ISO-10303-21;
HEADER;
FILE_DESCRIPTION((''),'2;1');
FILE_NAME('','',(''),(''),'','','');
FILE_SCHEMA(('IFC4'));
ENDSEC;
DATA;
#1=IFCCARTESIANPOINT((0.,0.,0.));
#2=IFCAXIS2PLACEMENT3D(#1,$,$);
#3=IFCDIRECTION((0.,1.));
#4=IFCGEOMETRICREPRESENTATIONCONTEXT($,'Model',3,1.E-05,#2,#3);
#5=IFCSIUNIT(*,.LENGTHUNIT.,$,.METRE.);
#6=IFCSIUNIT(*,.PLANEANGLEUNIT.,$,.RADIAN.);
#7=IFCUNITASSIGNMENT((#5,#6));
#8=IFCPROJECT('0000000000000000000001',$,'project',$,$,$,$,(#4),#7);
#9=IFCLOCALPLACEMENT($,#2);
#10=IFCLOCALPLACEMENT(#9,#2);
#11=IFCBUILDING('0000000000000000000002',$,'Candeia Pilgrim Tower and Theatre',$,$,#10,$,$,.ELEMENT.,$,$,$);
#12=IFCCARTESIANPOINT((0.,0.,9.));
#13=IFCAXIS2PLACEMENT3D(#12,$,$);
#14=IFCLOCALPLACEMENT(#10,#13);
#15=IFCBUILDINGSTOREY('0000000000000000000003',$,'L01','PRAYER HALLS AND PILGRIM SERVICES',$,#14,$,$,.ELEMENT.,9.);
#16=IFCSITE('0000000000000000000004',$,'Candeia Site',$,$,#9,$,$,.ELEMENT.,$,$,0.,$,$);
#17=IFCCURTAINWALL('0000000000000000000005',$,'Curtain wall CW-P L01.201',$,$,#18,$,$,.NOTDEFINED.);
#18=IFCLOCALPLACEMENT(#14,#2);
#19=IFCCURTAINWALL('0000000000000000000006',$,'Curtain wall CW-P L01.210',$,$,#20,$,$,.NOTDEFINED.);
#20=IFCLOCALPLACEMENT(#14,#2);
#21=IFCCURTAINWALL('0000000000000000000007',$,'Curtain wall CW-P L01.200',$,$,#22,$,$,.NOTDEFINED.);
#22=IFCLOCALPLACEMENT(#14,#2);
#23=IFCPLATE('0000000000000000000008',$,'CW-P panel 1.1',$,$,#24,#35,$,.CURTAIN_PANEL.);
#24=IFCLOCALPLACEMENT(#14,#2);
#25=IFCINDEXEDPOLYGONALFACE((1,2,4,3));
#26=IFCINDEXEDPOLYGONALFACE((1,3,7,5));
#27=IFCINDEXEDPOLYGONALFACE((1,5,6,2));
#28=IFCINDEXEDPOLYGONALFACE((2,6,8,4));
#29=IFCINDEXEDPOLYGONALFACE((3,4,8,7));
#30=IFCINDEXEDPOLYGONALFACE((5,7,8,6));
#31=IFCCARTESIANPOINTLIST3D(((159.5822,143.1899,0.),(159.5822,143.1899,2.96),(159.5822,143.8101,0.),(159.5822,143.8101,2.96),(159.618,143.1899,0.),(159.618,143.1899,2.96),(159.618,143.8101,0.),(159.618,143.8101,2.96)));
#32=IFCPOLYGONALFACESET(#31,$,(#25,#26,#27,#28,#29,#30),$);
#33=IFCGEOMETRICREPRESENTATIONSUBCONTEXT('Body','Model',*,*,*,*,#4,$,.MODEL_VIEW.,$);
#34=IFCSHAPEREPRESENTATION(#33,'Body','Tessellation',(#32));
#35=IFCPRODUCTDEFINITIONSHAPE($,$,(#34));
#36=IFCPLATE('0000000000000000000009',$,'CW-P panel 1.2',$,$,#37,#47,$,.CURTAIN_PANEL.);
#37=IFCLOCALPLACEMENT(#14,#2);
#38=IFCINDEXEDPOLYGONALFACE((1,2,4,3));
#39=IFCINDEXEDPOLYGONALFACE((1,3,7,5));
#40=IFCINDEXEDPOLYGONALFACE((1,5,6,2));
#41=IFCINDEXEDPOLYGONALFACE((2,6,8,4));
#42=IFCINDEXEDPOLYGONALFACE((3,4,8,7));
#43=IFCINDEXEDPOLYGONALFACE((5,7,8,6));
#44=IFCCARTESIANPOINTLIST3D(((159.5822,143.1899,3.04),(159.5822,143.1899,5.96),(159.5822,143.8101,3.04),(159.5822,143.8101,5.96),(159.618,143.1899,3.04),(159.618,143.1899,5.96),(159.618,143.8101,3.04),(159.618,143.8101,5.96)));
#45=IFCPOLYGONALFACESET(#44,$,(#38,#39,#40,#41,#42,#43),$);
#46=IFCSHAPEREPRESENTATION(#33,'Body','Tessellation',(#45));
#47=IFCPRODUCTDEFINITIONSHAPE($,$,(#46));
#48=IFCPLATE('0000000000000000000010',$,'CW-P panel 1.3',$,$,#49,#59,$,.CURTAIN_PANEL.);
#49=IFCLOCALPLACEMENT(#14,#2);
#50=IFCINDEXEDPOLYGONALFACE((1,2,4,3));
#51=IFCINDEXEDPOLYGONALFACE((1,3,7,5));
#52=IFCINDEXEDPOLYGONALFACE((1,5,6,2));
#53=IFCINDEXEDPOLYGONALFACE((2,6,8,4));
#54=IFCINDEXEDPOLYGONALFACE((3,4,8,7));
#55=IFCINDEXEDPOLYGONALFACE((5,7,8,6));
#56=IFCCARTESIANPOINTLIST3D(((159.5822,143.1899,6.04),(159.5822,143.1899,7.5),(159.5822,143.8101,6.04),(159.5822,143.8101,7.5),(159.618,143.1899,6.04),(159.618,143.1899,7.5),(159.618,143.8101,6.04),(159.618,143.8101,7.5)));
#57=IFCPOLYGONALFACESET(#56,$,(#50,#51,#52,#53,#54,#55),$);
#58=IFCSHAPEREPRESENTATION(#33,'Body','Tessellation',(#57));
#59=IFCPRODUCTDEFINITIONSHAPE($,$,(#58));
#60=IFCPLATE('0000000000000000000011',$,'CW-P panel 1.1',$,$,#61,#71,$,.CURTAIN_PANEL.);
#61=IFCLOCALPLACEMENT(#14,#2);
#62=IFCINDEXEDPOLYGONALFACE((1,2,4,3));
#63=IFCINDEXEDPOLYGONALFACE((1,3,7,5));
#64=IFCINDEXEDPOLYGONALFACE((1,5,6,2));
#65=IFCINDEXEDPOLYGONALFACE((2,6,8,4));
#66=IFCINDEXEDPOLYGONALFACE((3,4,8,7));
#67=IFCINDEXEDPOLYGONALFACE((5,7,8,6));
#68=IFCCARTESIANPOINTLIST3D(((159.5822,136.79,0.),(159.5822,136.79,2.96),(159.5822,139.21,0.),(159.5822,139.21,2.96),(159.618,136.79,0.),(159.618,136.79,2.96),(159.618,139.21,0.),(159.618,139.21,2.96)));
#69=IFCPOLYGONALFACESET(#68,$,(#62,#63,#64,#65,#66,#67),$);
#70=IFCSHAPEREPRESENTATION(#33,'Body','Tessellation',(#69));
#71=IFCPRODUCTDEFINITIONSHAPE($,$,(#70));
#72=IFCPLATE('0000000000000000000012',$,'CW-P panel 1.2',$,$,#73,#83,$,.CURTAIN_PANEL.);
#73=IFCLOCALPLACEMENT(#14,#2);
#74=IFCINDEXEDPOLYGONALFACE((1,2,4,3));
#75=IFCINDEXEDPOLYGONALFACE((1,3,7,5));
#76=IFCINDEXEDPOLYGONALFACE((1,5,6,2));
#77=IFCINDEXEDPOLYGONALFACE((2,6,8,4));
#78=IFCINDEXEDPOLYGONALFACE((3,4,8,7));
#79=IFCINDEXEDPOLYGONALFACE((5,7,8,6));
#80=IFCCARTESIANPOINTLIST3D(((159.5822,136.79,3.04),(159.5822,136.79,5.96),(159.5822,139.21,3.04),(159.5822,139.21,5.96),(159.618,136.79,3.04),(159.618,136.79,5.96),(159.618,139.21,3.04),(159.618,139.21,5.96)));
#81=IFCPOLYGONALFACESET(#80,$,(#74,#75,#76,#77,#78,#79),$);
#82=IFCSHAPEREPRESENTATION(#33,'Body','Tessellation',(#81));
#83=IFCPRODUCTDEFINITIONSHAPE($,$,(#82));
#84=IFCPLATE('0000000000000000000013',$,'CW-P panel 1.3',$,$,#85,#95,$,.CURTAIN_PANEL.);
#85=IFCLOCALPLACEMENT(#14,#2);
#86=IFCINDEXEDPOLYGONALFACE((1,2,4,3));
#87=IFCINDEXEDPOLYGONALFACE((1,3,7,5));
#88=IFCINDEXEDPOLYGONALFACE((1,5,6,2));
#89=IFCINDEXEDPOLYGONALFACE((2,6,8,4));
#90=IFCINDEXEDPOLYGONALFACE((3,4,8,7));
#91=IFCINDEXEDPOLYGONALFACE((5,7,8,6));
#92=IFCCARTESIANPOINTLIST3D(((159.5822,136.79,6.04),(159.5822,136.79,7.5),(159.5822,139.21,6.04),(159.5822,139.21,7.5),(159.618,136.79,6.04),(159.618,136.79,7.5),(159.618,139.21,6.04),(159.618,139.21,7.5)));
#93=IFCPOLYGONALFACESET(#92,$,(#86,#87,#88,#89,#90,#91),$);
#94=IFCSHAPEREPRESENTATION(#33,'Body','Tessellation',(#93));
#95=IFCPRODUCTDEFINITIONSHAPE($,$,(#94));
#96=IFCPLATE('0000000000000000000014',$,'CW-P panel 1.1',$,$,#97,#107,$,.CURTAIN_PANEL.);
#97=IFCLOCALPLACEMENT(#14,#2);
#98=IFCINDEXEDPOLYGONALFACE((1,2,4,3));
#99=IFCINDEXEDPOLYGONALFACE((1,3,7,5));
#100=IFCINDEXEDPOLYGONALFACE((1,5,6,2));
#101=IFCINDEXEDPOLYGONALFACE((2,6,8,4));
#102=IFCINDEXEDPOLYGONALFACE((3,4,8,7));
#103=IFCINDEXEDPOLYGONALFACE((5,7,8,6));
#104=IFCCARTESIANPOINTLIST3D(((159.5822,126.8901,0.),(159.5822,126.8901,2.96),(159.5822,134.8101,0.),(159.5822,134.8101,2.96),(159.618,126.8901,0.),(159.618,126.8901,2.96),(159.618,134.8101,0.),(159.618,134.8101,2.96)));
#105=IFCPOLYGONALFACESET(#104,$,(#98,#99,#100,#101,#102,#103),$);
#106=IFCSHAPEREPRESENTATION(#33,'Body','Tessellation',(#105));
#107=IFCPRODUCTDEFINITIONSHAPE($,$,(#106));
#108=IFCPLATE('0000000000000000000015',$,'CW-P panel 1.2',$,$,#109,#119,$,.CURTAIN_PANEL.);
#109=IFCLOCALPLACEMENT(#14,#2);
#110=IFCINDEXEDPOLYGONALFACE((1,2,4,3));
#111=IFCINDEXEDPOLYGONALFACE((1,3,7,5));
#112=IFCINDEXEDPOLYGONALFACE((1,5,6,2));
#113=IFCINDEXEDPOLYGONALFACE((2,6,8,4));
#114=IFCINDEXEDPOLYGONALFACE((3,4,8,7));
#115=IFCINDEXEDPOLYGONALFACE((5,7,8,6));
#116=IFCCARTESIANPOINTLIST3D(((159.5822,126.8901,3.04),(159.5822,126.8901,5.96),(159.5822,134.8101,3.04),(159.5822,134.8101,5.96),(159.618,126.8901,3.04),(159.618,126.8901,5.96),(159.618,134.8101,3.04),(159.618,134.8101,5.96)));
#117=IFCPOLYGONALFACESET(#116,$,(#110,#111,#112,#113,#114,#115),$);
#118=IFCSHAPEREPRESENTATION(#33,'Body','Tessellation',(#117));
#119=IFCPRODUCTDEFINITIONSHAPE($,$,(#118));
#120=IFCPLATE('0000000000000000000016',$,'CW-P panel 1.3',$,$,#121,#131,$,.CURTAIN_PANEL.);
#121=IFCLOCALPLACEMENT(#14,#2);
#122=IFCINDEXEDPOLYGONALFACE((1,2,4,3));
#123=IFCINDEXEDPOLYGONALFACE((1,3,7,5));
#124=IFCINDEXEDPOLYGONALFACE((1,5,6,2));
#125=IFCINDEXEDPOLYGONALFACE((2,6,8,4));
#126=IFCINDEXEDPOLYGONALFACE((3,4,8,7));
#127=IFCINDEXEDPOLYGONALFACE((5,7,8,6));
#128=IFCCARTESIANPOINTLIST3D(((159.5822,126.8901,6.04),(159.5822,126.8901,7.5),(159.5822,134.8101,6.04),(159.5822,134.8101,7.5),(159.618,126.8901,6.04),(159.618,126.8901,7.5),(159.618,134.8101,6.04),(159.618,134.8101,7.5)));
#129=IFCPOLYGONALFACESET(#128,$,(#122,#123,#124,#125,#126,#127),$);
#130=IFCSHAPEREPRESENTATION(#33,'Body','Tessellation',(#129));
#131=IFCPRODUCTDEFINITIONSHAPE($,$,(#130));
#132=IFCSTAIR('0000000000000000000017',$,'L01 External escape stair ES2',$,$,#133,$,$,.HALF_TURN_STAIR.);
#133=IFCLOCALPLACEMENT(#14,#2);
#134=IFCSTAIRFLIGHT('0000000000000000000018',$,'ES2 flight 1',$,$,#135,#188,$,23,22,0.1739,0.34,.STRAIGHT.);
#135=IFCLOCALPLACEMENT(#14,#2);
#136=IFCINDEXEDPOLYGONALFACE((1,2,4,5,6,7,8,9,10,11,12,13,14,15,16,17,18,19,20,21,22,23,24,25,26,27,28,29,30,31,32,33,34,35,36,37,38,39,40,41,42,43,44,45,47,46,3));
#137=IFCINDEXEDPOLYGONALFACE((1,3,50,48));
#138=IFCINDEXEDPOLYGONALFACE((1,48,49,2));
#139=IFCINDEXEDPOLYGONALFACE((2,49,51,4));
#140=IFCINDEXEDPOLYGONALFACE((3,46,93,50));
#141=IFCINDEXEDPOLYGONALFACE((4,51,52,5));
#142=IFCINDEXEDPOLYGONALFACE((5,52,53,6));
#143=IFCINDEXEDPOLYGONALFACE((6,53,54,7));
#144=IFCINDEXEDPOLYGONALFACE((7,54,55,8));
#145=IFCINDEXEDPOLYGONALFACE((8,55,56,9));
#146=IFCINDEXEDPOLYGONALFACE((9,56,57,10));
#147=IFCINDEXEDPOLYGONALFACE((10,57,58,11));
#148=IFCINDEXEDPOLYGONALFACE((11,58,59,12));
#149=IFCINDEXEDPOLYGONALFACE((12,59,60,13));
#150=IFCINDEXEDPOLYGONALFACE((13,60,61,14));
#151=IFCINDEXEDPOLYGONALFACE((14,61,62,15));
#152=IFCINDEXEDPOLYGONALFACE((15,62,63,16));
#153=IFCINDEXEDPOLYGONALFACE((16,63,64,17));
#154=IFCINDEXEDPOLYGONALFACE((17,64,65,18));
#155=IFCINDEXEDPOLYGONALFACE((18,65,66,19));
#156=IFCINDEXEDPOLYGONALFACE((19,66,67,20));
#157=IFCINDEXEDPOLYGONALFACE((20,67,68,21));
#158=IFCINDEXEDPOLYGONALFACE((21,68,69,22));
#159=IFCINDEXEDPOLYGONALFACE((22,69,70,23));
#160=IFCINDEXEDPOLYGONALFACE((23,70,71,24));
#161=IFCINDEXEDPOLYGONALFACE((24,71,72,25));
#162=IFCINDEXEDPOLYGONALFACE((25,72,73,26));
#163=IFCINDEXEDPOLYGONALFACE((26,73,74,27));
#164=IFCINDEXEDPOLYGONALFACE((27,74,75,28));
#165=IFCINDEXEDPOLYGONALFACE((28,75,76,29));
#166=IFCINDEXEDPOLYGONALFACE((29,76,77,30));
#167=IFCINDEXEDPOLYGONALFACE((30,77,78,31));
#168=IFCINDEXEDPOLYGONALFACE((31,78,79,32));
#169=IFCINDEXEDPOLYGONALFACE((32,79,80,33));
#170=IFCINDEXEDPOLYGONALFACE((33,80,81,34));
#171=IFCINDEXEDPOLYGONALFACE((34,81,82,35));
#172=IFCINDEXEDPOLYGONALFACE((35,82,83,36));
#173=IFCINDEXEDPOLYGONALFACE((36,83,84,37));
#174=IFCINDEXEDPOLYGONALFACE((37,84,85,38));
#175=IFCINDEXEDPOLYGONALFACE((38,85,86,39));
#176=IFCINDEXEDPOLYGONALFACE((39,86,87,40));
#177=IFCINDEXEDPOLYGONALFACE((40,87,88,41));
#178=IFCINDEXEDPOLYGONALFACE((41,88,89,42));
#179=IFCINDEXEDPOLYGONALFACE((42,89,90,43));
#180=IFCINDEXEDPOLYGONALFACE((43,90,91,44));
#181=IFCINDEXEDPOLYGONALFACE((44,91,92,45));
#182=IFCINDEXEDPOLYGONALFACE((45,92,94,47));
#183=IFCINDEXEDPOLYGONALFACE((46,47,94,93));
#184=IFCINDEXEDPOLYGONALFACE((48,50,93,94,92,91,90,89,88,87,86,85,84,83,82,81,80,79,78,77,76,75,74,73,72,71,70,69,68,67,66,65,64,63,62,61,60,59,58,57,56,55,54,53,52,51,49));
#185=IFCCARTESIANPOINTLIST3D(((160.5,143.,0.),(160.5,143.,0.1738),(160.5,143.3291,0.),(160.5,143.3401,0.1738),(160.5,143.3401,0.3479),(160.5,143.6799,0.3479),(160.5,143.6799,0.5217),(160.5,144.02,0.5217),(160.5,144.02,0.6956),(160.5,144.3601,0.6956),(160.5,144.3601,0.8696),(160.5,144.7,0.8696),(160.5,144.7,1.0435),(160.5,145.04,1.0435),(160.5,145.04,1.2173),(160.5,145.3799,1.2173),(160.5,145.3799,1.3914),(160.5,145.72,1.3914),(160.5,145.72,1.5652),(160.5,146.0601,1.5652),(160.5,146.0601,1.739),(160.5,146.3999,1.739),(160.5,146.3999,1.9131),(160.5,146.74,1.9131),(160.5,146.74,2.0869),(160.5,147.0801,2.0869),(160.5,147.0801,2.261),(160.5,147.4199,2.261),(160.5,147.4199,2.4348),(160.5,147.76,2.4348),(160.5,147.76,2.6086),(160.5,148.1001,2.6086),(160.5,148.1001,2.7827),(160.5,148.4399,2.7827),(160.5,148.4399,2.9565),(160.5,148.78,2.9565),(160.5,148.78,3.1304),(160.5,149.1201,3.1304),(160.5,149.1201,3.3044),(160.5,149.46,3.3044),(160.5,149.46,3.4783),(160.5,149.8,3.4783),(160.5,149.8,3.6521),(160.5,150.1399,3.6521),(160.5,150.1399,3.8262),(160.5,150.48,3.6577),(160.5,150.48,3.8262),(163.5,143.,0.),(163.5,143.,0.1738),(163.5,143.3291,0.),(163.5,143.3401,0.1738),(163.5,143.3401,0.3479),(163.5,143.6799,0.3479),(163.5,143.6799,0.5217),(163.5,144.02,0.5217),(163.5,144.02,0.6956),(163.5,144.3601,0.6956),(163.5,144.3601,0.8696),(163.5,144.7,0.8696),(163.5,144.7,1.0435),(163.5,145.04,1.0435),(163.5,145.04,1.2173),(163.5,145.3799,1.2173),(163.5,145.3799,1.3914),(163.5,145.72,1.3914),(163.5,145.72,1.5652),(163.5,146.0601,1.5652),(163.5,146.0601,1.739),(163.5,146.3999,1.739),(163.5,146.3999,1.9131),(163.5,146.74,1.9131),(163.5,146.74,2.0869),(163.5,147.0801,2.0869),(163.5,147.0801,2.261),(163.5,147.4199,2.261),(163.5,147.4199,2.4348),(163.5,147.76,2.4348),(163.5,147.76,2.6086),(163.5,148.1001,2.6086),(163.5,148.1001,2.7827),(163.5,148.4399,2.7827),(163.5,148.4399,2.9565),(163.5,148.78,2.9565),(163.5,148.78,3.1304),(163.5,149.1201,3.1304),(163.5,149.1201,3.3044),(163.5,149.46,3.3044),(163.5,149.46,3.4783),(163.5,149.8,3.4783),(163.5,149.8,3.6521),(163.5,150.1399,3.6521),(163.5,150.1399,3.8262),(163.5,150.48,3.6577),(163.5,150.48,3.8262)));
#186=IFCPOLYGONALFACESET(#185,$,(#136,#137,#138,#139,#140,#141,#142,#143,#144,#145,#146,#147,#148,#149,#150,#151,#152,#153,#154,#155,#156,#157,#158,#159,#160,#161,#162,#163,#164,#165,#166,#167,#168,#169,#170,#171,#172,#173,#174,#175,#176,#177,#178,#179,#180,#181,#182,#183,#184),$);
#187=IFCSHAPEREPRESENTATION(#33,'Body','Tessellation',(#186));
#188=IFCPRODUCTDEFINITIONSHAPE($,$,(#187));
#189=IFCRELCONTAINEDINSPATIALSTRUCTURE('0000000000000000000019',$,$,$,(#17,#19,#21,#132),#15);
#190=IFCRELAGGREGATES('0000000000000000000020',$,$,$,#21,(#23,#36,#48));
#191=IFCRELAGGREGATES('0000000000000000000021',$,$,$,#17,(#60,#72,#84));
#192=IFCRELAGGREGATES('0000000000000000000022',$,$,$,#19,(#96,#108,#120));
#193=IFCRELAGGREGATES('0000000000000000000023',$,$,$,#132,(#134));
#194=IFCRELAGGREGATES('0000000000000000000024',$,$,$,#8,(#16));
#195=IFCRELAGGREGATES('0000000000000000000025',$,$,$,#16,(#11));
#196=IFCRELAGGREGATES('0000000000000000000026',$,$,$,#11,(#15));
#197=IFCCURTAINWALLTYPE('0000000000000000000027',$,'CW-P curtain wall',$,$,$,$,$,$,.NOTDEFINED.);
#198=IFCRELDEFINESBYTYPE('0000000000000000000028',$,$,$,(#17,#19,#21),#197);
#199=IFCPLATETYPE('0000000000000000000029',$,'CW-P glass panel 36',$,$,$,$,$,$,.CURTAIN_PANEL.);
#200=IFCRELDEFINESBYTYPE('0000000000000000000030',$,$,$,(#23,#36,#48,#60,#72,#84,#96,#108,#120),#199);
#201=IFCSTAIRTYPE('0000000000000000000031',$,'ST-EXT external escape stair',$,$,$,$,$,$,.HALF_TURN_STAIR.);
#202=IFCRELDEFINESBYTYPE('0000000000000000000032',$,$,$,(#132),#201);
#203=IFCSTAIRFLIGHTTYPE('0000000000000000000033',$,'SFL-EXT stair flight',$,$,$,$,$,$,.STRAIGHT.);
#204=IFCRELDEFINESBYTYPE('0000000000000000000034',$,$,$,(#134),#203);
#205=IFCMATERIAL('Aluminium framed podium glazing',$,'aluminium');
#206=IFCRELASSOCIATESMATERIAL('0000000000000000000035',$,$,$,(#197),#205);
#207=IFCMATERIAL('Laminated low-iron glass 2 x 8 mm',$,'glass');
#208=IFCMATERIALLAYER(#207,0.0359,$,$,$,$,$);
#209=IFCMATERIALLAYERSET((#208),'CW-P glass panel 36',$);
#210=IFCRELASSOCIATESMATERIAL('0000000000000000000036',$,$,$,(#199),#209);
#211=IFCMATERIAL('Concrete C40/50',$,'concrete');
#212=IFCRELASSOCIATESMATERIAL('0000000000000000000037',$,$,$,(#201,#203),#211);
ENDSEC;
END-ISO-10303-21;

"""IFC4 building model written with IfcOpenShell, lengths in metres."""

from ifc_helpers import new_model, si_unit, direction, frame, origin, origin_2d, place, context, subcontext, project, spatial, polyline, rectangle, outline, extrude, material, layer, layer_set, type_object, element, aggregate, save


model = new_model("IFC4")

# Units and contexts
model_context = context("Model", 3, precision=1e-05, world=origin(), true_north=direction((0.0, 1.0)))
body_context = subcontext(model_context, "Body", "Model", "MODEL_VIEW")
ifc_project = project(units=[si_unit("LENGTHUNIT", "METRE"), si_unit("PLANEANGLEUNIT", "RADIAN")], contexts=[model_context])

# Site, building, storey
site_placement = place(None, origin())
site = spatial("IfcSite", under=ifc_project, at=site_placement, Name="Candeia Site", CompositionType="ELEMENT", RefElevation=0.0)
building_placement = place(site_placement, origin())
building = spatial("IfcBuilding", under=site, at=building_placement, Name="Candeia Pilgrim Tower and Theatre", CompositionType="ELEMENT")
storey_placement = place(building_placement, frame((0.0, 0.0, 9.0)))
storey = spatial("IfcBuildingStorey", under=building, at=storey_placement, Name="L01", Description="PRAYER HALLS AND PILGRIM SERVICES", CompositionType="ELEMENT", Elevation=9.0)

# Shared definitions
ifc_material_1 = material(Name="Concrete C40/50", Category="concrete")

# Curtain walls
ifc_material_2 = material(Name="Aluminium framed podium glazing", Category="aluminium")
curtain_wall_type = type_object("IfcCurtainWallType", Name="CW-P curtain wall", PredefinedType="NOTDEFINED", material=ifc_material_2)
curtain_wall_1_placement = place(storey_placement, origin())
curtain_wall_1 = element("IfcCurtainWall", 1, at=curtain_wall_1_placement, inside=storey, type_object=curtain_wall_type, Name="Curtain wall CW-P L01.201", PredefinedType="NOTDEFINED")
curtain_wall_2_placement = place(storey_placement, origin())
curtain_wall_2 = element("IfcCurtainWall", 2, at=curtain_wall_2_placement, inside=storey, type_object=curtain_wall_type, Name="Curtain wall CW-P L01.210", PredefinedType="NOTDEFINED")

# Curtain wall
curtain_wall_3_placement = place(storey_placement, origin())
curtain_wall_3 = element("IfcCurtainWall", 3, at=curtain_wall_3_placement, inside=storey, type_object=curtain_wall_type, Name="Curtain wall CW-P L01.200", PredefinedType="NOTDEFINED")

# Plates
ifc_material_3 = material(Name="Laminated low-iron glass 2 x 8 mm", Category="glass")
ifc_layer_1 = layer(ifc_material_3, 0.0359)
ifc_layer_set_1 = layer_set([ifc_layer_1], Name="CW-P glass panel 36")
plate_type = type_object("IfcPlateType", Name="CW-P glass panel 36", PredefinedType="CURTAIN_PANEL", material=ifc_layer_set_1)
plate_1_placement = place(storey_placement, frame((159.6001, 143.5, 0.0), z_axis=(0.0, 0.0, 1.0), x_axis=(0.0, -1.0, 0.0)))
plate_1 = element("IfcPlate", 4, at=plate_1_placement, type_object=plate_type, Name="CW-P panel 1.1", PredefinedType="CURTAIN_PANEL", context=body_context, shape_type="SweptSolid", body=[
    extrude(rectangle(XDim=0.6201, YDim=0.0359, at=origin_2d()), origin(), (0.0, 0.0, 1.0), 2.96),
])
plate_2_placement = place(storey_placement, frame((159.6001, 143.5, 3.04), z_axis=(0.0, 0.0, 1.0), x_axis=(0.0, -1.0, 0.0)))
plate_2 = element("IfcPlate", 5, at=plate_2_placement, type_object=plate_type, Name="CW-P panel 1.2", PredefinedType="CURTAIN_PANEL", context=body_context, shape_type="SweptSolid", body=[
    extrude(rectangle(XDim=0.6201, YDim=0.0359, at=origin_2d()), origin(), (0.0, 0.0, 1.0), 2.9199),
])
plate_3_placement = place(storey_placement, frame((159.6001, 143.5, 6.04), z_axis=(0.0, 0.0, 1.0), x_axis=(0.0, -1.0, 0.0)))
plate_3 = element("IfcPlate", 6, at=plate_3_placement, type_object=plate_type, Name="CW-P panel 1.3", PredefinedType="CURTAIN_PANEL", context=body_context, shape_type="SweptSolid", body=[
    extrude(rectangle(XDim=0.6201, YDim=0.0359, at=origin_2d()), origin(), (0.0, 0.0, 1.0), 1.46),
])
aggregate(curtain_wall_3, [plate_1, plate_2, plate_3])
plate_4_placement = place(storey_placement, frame((159.6001, 138.0, 0.0), z_axis=(0.0, 0.0, 1.0), x_axis=(0.0, -1.0, 0.0)))
plate_4 = element("IfcPlate", 7, at=plate_4_placement, type_object=plate_type, Name="CW-P panel 1.1", PredefinedType="CURTAIN_PANEL", context=body_context, shape_type="SweptSolid", body=[
    extrude(rectangle(XDim=2.4199, YDim=0.0359, at=origin_2d()), origin(), (0.0, 0.0, 1.0), 2.96),
])
plate_5_placement = place(storey_placement, frame((159.6001, 138.0, 3.04), z_axis=(0.0, 0.0, 1.0), x_axis=(0.0, -1.0, 0.0)))
plate_5 = element("IfcPlate", 8, at=plate_5_placement, type_object=plate_type, Name="CW-P panel 1.2", PredefinedType="CURTAIN_PANEL", context=body_context, shape_type="SweptSolid", body=[
    extrude(rectangle(XDim=2.4199, YDim=0.0359, at=origin_2d()), origin(), (0.0, 0.0, 1.0), 2.9199),
])
plate_6_placement = place(storey_placement, frame((159.6001, 138.0, 6.04), z_axis=(0.0, 0.0, 1.0), x_axis=(0.0, -1.0, 0.0)))
plate_6 = element("IfcPlate", 9, at=plate_6_placement, type_object=plate_type, Name="CW-P panel 1.3", PredefinedType="CURTAIN_PANEL", context=body_context, shape_type="SweptSolid", body=[
    extrude(rectangle(XDim=2.4199, YDim=0.0359, at=origin_2d()), origin(), (0.0, 0.0, 1.0), 1.46),
])
aggregate(curtain_wall_1, [plate_4, plate_5, plate_6])
plate_7_placement = place(storey_placement, frame((159.6001, 130.8501, 0.0), z_axis=(0.0, 0.0, 1.0), x_axis=(0.0, -1.0, 0.0)))
plate_7 = element("IfcPlate", 10, at=plate_7_placement, type_object=plate_type, Name="CW-P panel 1.1", PredefinedType="CURTAIN_PANEL", context=body_context, shape_type="SweptSolid", body=[
    extrude(rectangle(XDim=7.9199, YDim=0.0359, at=origin_2d()), origin(), (0.0, 0.0, 1.0), 2.96),
])
plate_8_placement = place(storey_placement, frame((159.6001, 130.8501, 3.04), z_axis=(0.0, 0.0, 1.0), x_axis=(0.0, -1.0, 0.0)))
plate_8 = element("IfcPlate", 11, at=plate_8_placement, type_object=plate_type, Name="CW-P panel 1.2", PredefinedType="CURTAIN_PANEL", context=body_context, shape_type="SweptSolid", body=[
    extrude(rectangle(XDim=7.9199, YDim=0.0359, at=origin_2d()), origin(), (0.0, 0.0, 1.0), 2.9199),
])
plate_9_placement = place(storey_placement, frame((159.6001, 130.8501, 6.04), z_axis=(0.0, 0.0, 1.0), x_axis=(0.0, -1.0, 0.0)))
plate_9 = element("IfcPlate", 12, at=plate_9_placement, type_object=plate_type, Name="CW-P panel 1.3", PredefinedType="CURTAIN_PANEL", context=body_context, shape_type="SweptSolid", body=[
    extrude(rectangle(XDim=7.9199, YDim=0.0359, at=origin_2d()), origin(), (0.0, 0.0, 1.0), 1.46),
])
aggregate(curtain_wall_2, [plate_7, plate_8, plate_9])

# Stair, stair flight
stair_type = type_object("IfcStairType", Name="ST-EXT external escape stair", PredefinedType="HALF_TURN_STAIR", material=ifc_material_1)
stair_1_placement = place(storey_placement, origin())
stair_1 = element("IfcStair", 13, at=stair_1_placement, inside=storey, type_object=stair_type, Name="L01 External escape stair ES2", PredefinedType="HALF_TURN_STAIR")
stair_flight_type = type_object("IfcStairFlightType", Name="SFL-EXT stair flight", PredefinedType="STRAIGHT", material=ifc_material_1)
stair_flight_1_placement = place(storey_placement, frame((162.0, 143.0, 0.0), z_axis=(0.0, 0.0, 1.0), x_axis=(0.0, 1.0, 0.0)))
stair_flight_1 = element("IfcStairFlight", 14, at=stair_flight_1_placement, type_object=stair_flight_type, Name="ES2 flight 1", NumberOfRisers=23, NumberOfTreads=22, PredefinedType="STRAIGHT", RiserHeight=0.1739, TreadLength=0.34, context=body_context, shape_type="SweptSolid", body=[
    extrude(outline(polyline([(0.0, 0.0), (0.0, 0.1738), (0.3401, 0.1738), (0.3401, 0.3479), (0.6799, 0.3479), (0.6799, 0.5217), (1.02, 0.5217), (1.02, 0.6956), (1.3601, 0.6956), (1.3601, 0.8696), (1.7, 0.8696), (1.7, 1.0435), (2.04, 1.0435), (2.04, 1.2173), (2.3799, 1.2173), (2.3799, 1.3914), (2.72, 1.3914), (2.72, 1.5652), (3.0601, 1.5652), (3.0601, 1.739), (3.3999, 1.739), (3.3999, 1.9131), (3.74, 1.9131), (3.74, 2.0869), (4.0801, 2.0869), (4.0801, 2.261), (4.4199, 2.261), (4.4199, 2.4348), (4.76, 2.4348), (4.76, 2.6086), (5.1001, 2.6086), (5.1001, 2.7827), (5.4399, 2.7827), (5.4399, 2.9565), (5.78, 2.9565), (5.78, 3.1304), (6.1201, 3.1304), (6.1201, 3.3044), (6.46, 3.3044), (6.46, 3.4783), (6.8, 3.4783), (6.8, 3.6521), (7.1399, 3.6521), (7.1399, 3.8262), (7.48, 3.8262), (7.48, 4.0), (7.48, 3.6577), (0.3291, 0.0), (0.0, 0.0)])), frame((0.0, 1.5, 0.0), z_axis=(0.0, -1.0, 0.0), x_axis=(1.0, 0.0, 0.0)), (0.0, 0.0, 1.0), 3.0),
])
aggregate(stair_1, [stair_flight_1])

save(model, "model.ifc")
